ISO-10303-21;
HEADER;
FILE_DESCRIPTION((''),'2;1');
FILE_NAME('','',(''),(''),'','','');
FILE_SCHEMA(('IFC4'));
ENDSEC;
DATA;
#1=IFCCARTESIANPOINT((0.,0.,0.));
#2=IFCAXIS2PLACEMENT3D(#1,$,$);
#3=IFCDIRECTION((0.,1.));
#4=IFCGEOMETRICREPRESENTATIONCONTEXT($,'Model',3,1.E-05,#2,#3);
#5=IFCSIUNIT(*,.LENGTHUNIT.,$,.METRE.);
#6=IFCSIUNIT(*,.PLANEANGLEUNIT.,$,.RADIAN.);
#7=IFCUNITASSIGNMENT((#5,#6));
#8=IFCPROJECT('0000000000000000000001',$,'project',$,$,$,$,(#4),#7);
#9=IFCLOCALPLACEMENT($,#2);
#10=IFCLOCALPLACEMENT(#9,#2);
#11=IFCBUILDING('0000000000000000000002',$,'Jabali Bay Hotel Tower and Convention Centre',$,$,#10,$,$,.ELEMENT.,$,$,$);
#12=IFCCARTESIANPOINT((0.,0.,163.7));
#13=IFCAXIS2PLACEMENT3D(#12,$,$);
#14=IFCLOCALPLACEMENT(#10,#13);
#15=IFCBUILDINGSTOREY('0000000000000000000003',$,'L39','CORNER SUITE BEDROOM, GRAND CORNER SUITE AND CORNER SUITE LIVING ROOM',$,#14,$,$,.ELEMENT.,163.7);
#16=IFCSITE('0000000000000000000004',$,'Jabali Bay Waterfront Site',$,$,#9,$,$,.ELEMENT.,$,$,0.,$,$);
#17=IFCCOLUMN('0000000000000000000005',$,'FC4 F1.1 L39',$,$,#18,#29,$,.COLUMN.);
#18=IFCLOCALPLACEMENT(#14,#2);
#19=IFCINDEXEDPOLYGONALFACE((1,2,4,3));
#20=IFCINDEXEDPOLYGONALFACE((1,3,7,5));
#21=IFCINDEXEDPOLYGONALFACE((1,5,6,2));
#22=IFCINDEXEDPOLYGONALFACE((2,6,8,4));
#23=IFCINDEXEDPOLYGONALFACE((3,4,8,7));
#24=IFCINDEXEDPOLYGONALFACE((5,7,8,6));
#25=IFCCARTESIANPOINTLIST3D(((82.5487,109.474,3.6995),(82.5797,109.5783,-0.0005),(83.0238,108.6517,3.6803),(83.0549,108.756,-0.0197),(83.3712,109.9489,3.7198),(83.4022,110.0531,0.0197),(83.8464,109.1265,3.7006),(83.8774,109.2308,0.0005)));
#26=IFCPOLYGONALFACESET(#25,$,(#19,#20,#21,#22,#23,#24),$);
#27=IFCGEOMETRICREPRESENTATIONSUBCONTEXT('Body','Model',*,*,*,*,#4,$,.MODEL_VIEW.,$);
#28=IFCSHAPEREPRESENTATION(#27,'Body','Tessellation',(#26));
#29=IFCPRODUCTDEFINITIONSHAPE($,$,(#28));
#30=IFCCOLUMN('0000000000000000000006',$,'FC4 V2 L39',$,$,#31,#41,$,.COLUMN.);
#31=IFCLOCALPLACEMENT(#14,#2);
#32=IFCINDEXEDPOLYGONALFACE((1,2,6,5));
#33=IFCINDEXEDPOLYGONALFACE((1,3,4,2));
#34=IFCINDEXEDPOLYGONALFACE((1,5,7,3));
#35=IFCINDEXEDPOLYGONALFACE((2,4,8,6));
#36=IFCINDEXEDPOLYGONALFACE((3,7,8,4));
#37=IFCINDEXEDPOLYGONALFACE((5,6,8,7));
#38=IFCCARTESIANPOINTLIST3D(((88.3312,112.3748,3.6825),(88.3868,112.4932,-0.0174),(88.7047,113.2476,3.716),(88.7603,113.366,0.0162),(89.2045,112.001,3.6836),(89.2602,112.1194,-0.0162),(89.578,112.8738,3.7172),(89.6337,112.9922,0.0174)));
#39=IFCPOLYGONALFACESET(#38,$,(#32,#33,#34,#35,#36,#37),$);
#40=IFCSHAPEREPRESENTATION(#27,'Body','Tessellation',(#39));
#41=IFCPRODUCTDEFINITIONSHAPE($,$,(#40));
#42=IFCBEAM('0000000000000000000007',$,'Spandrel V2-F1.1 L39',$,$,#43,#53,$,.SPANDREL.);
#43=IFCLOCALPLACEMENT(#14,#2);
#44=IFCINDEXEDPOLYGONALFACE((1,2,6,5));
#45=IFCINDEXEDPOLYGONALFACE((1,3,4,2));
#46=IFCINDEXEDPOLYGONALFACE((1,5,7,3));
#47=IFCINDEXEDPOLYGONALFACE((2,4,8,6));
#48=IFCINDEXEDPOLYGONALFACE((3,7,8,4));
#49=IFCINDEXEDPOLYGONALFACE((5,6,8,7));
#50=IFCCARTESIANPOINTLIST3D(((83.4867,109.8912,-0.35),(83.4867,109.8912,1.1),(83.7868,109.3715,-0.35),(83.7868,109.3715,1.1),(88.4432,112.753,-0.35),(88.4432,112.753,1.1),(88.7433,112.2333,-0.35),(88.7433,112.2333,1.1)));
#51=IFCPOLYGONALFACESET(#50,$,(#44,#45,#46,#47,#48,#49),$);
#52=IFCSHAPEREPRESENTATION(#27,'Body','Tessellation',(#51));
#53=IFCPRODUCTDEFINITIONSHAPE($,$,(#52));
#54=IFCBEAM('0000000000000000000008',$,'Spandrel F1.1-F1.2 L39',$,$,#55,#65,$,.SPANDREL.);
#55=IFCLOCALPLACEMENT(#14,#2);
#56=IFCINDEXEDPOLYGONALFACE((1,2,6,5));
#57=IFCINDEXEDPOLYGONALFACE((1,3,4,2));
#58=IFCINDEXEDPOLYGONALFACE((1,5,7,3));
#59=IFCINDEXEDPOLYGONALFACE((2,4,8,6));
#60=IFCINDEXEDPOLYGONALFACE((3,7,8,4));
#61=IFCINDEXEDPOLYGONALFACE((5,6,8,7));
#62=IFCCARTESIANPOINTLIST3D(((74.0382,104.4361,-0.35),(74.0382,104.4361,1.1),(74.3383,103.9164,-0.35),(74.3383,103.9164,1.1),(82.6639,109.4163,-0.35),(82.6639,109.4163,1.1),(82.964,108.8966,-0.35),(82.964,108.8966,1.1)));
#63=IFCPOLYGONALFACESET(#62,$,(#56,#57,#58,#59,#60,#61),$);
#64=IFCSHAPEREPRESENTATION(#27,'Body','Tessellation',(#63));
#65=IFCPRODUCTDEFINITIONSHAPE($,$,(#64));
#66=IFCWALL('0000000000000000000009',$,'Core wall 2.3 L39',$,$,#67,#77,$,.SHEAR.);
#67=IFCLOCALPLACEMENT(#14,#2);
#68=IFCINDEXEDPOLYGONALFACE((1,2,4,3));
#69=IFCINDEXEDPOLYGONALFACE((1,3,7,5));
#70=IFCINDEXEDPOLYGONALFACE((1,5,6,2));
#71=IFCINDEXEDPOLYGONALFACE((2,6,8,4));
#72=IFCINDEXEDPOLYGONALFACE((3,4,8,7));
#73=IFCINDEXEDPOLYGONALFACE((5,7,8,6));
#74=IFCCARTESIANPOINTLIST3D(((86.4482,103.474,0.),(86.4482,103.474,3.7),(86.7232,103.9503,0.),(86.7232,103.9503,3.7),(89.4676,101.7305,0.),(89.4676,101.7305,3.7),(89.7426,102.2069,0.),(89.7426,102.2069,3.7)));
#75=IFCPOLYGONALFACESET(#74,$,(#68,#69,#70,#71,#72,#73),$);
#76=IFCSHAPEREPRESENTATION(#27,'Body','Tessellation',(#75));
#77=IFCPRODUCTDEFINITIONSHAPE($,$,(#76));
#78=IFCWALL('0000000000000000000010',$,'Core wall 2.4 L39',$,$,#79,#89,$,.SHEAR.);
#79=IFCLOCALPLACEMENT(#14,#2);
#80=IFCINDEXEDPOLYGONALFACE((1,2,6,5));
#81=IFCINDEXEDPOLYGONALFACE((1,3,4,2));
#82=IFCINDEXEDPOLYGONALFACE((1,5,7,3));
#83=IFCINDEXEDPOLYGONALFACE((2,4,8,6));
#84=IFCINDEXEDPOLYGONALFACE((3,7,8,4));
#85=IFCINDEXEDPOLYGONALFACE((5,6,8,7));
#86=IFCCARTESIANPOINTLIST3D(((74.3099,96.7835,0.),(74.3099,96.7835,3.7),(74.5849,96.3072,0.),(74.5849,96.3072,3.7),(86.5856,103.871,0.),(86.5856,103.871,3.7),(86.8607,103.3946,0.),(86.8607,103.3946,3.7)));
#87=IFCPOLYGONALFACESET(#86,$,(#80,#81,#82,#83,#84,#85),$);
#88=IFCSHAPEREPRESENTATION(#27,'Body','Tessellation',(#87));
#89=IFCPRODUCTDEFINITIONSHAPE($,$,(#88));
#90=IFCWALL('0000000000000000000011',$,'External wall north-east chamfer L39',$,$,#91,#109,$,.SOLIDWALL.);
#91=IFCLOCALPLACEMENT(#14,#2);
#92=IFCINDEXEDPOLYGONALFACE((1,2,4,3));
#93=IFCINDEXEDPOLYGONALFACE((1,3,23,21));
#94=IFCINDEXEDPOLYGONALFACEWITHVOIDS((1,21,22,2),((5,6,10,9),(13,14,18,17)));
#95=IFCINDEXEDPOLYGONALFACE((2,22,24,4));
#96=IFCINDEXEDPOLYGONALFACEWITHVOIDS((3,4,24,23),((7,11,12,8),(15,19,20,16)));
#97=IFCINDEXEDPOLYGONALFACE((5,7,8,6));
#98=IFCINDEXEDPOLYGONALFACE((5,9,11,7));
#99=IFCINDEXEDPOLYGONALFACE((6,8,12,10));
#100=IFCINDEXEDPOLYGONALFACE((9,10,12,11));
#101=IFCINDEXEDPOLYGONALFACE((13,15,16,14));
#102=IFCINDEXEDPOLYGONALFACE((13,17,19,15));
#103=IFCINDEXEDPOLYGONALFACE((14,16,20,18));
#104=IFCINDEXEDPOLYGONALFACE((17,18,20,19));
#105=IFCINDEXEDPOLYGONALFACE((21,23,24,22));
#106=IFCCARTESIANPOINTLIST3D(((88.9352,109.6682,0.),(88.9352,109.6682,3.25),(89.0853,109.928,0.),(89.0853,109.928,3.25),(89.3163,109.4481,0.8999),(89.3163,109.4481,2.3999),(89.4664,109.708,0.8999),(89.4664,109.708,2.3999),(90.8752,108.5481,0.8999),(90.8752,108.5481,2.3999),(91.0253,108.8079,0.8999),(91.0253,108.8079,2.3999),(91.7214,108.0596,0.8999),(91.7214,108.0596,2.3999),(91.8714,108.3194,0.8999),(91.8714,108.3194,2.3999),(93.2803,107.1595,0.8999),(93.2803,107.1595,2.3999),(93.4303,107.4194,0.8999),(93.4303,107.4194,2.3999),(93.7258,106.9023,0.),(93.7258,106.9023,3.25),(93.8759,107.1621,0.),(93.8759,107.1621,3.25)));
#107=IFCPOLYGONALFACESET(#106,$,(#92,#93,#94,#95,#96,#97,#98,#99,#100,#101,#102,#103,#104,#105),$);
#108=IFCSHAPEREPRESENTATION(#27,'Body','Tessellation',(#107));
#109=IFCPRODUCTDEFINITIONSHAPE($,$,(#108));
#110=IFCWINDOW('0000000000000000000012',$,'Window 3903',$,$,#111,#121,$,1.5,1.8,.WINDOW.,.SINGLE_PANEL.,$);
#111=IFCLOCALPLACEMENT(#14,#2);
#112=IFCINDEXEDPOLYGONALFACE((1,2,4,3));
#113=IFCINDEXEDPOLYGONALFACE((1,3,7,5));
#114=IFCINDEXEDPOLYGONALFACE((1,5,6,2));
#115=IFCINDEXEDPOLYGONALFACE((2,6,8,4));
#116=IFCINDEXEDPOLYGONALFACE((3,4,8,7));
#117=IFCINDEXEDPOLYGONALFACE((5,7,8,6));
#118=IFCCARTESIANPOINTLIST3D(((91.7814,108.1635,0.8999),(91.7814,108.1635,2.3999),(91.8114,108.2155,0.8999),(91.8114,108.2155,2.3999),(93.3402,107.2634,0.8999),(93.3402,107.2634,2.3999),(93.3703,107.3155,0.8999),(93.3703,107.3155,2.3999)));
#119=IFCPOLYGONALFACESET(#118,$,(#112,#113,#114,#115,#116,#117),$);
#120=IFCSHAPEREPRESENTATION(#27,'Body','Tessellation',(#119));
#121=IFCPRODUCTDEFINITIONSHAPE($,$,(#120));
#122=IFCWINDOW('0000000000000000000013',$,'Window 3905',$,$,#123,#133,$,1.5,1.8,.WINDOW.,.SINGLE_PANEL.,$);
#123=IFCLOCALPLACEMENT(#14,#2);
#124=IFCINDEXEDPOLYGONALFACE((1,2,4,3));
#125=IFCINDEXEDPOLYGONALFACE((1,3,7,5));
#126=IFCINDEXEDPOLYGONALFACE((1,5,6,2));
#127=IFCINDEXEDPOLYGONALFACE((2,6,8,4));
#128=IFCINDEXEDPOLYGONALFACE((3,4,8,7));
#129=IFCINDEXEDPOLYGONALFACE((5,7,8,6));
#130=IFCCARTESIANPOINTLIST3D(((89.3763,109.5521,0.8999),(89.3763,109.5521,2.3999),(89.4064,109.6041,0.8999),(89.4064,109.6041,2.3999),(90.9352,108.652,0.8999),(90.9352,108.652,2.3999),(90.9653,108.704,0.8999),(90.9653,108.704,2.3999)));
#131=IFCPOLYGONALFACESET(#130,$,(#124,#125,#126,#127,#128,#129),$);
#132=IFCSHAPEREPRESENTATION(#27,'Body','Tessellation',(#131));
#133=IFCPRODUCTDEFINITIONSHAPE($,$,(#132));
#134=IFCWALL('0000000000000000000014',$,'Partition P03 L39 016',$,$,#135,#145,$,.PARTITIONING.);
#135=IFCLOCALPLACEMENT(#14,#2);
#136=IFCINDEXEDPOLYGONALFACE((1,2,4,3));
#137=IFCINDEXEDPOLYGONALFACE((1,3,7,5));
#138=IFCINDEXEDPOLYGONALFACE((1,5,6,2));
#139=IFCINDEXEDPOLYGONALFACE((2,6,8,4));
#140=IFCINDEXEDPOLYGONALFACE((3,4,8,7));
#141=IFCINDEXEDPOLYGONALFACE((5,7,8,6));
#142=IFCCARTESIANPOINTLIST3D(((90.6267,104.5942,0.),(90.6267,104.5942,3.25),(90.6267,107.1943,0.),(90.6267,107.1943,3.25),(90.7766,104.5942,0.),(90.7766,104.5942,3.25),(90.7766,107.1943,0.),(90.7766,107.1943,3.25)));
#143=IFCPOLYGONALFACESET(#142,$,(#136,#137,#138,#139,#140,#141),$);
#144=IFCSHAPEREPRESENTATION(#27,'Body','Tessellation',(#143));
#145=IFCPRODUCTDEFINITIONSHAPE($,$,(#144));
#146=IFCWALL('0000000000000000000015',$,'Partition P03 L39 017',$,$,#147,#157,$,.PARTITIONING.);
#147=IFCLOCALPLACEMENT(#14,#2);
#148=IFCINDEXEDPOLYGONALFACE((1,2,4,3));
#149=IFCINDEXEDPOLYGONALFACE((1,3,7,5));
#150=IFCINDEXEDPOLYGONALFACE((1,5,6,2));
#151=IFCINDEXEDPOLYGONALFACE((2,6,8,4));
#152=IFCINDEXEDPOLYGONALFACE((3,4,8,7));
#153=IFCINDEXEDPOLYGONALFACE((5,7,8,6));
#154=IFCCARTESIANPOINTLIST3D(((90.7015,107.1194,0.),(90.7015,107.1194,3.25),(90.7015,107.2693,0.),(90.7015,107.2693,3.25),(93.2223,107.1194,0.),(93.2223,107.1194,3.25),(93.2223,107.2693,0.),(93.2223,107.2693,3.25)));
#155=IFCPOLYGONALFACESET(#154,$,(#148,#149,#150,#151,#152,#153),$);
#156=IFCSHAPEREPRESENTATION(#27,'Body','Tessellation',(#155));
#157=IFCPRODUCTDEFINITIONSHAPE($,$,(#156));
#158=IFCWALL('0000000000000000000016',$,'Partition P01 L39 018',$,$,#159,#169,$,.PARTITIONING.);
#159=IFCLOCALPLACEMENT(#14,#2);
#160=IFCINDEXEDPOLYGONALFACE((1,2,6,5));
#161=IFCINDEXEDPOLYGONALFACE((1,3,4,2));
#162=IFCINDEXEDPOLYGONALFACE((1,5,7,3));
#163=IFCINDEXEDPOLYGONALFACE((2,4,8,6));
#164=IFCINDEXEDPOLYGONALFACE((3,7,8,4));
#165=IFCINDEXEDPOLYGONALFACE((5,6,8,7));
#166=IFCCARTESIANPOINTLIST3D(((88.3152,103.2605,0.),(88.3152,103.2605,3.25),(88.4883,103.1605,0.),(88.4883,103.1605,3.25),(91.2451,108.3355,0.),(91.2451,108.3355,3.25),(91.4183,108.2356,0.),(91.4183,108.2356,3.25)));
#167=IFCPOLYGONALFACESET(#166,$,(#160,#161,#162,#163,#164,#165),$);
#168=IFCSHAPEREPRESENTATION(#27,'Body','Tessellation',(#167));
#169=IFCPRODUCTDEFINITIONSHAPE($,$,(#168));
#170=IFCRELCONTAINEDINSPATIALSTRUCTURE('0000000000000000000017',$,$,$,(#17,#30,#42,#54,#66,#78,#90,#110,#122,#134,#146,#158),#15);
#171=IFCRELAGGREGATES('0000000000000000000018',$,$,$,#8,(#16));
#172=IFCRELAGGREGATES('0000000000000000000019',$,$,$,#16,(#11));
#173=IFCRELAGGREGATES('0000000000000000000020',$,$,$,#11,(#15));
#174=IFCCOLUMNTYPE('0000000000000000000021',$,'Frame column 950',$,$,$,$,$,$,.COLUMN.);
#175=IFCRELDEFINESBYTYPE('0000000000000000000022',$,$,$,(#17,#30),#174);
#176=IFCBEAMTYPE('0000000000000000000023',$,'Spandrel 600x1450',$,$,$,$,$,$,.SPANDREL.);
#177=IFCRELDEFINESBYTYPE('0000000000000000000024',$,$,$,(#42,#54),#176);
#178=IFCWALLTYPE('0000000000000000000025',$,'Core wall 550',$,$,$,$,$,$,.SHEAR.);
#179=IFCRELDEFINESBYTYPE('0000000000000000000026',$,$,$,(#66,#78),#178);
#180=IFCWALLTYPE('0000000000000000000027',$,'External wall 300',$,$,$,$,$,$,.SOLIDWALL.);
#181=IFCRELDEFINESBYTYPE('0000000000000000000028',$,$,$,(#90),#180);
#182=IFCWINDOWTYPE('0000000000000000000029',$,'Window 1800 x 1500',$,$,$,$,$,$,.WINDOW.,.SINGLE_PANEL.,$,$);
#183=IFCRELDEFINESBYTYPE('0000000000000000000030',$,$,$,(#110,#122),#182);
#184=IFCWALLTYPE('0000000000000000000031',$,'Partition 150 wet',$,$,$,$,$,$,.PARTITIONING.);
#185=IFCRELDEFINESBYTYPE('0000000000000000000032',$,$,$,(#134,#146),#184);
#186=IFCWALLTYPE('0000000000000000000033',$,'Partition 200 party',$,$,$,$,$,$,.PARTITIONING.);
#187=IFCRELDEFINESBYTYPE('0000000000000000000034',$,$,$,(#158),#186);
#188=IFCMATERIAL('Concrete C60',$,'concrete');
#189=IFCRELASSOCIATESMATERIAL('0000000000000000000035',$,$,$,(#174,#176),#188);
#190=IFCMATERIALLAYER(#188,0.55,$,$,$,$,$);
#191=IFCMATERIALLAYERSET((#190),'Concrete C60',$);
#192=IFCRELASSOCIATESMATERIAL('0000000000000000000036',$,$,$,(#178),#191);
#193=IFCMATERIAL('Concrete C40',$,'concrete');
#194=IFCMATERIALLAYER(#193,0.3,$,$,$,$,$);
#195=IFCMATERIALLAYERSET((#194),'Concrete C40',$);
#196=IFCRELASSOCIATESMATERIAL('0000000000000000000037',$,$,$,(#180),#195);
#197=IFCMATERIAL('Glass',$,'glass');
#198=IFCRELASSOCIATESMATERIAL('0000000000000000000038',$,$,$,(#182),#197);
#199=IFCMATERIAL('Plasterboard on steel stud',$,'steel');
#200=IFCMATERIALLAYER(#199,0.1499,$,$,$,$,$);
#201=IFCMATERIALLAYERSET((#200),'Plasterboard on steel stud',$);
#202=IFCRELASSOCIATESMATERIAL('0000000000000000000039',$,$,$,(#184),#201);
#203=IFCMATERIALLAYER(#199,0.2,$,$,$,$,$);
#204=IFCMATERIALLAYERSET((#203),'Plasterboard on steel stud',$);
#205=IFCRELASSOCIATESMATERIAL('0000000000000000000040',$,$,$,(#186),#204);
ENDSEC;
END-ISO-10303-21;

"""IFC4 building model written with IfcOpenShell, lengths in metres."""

from ifc_helpers import new_model, si_unit, direction, frame, frame_2d, origin, origin_2d, place, context, subcontext, project, spatial, rectangle, extrude, material, layer, layer_set, material_profile, profile_set, type_object, element, fill, save


model = new_model("IFC4")

# Units and contexts
model_context = context("Model", 3, precision=1e-05, world=origin(), true_north=direction((0.0, 1.0)))
body_context = subcontext(model_context, "Body", "Model", "MODEL_VIEW")
ifc_project = project(units=[si_unit("LENGTHUNIT", "METRE"), si_unit("PLANEANGLEUNIT", "RADIAN")], contexts=[model_context])

# Site, building, storey
site_placement = place(None, origin())
site = spatial("IfcSite", under=ifc_project, at=site_placement, Name="Jabali Bay Waterfront Site", CompositionType="ELEMENT", RefElevation=0.0)
building_placement = place(site_placement, origin())
building = spatial("IfcBuilding", under=site, at=building_placement, Name="Jabali Bay Hotel Tower and Convention Centre", CompositionType="ELEMENT")
storey_placement = place(building_placement, frame((0.0, 0.0, 163.7)))
storey = spatial("IfcBuildingStorey", under=building, at=storey_placement, Name="L39", Description="CORNER SUITE BEDROOM, GRAND CORNER SUITE AND CORNER SUITE LIVING ROOM", CompositionType="ELEMENT", Elevation=163.7)

# Columns
ifc_material_1 = material(Name="Concrete C60", Category="concrete")
ifc_material_profile_1 = material_profile(ifc_material_1, rectangle(XDim=0.95, YDim=0.95, at=origin_2d()), Name="Frame column 950")
ifc_profile_set_1 = profile_set([ifc_material_profile_1], Name="Concrete C60")
column_type = type_object("IfcColumnType", Name="Frame column 950", PredefinedType="COLUMN", material=ifc_profile_set_1)
column_1_placement = place(storey_placement, frame((83.2285, 109.4045, 0.0), z_axis=(-0.008376, -0.028163, 0.999568), x_axis=(0.865852, 0.499845, 0.021339)))
element("IfcColumn", 1, at=column_1_placement, inside=storey, type_object=column_type, Name="FC4 F1.1 L39", PredefinedType="COLUMN", context=body_context, shape_type="SweptSolid", body=[
    extrude(rectangle(XDim=0.95, YDim=0.95, at=origin_2d()), origin(), (0.0, 0.0, 1.0), 3.7017),
])
column_2_placement = place(storey_placement, frame((89.0103, 112.7427, 0.0), z_axis=(-0.015035, -0.031983, 0.999375), x_axis=(0.919335, -0.393475, 0.001239)))
element("IfcColumn", 2, at=column_2_placement, inside=storey, type_object=column_type, Name="FC4 V2 L39", PredefinedType="COLUMN", context=body_context, shape_type="SweptSolid", body=[
    extrude(rectangle(XDim=0.95, YDim=0.95, at=origin_2d()), origin(), (0.0, 0.0, 1.0), 3.7021),
])

# Beams
ifc_material_profile_2 = material_profile(ifc_material_1, rectangle(XDim=0.6001, YDim=1.45, at=origin_2d()), Name="Spandrel 600x1450")
ifc_profile_set_2 = profile_set([ifc_material_profile_2], Name="Concrete C60")
beam_type = type_object("IfcBeamType", Name="Spandrel 600x1450", PredefinedType="SPANDREL", material=ifc_profile_set_2)
beam_1_placement = place(storey_placement, frame((88.5933, 112.4932, 0.375), z_axis=(-0.866014, -0.50002, 0.0), x_axis=(0.50002, -0.866014, 0.0)))
element("IfcBeam", 3, at=beam_1_placement, inside=storey, type_object=beam_type, Name="Spandrel V2-F1.1 L39", PredefinedType="SPANDREL", context=body_context, shape_type="SweptSolid", body=[
    extrude(rectangle(XDim=0.6001, YDim=1.45, at=origin_2d()), origin(), (0.0, 0.0, 1.0), 5.7234),
])
beam_2_placement = place(storey_placement, frame((82.814, 109.1565, 0.375), z_axis=(-0.866019, -0.500012, 0.0), x_axis=(0.500012, -0.866019, 0.0)))
element("IfcBeam", 4, at=beam_2_placement, inside=storey, type_object=beam_type, Name="Spandrel F1.1-F1.2 L39", PredefinedType="SPANDREL", context=body_context, shape_type="SweptSolid", body=[
    extrude(rectangle(XDim=0.6001, YDim=1.45, at=origin_2d()), origin(), (0.0, 0.0, 1.0), 9.9602),
])

# Walls
ifc_layer_1 = layer(ifc_material_1, 0.55)
ifc_layer_set_1 = layer_set([ifc_layer_1], Name="Concrete C60")
wall_type_1 = type_object("IfcWallType", Name="Core wall 550", PredefinedType="SHEAR", material=ifc_layer_set_1)
wall_1_placement = place(storey_placement, frame((89.605, 101.9688, 0.0), z_axis=(0.0, 0.0, 1.0), x_axis=(-0.865998, 0.500048, 0.0)))
element("IfcWall", 5, at=wall_1_placement, inside=storey, type_object=wall_type_1, Name="Core wall 2.3 L39", PredefinedType="SHEAR", context=body_context, shape_type="SweptSolid", body=[
    extrude(rectangle(XDim=3.4866, YDim=0.55, at=frame_2d((1.7432, 0.0))), origin(), (0.0, 0.0, 1.0), 3.7),
])
wall_2_placement = place(storey_placement, frame((86.7231, 103.6328, 0.0), z_axis=(0.0, 0.0, 1.0), x_axis=(-0.866024, -0.500003, 0.0)))
element("IfcWall", 6, at=wall_2_placement, inside=storey, type_object=wall_type_1, Name="Core wall 2.4 L39", PredefinedType="SHEAR", context=body_context, shape_type="SweptSolid", body=[
    extrude(rectangle(XDim=14.1748, YDim=0.55, at=frame_2d((7.0874, 0.0))), origin(), (0.0, 0.0, 1.0), 3.7),
])

# Wall, openings, windows
ifc_material_2 = material(Name="Concrete C40", Category="concrete")
ifc_layer_2 = layer(ifc_material_2, 0.3)
ifc_layer_set_2 = layer_set([ifc_layer_2], Name="Concrete C40")
wall_type_2 = type_object("IfcWallType", Name="External wall 300", PredefinedType="SOLIDWALL", material=ifc_layer_set_2)
wall_3_placement = place(storey_placement, frame((89.0103, 109.7981, 0.0), z_axis=(0.0, 0.0, 1.0), x_axis=(0.866021, -0.500008, 0.0)))
wall_3 = element("IfcWall", 7, at=wall_3_placement, inside=storey, type_object=wall_type_2, Name="External wall north-east chamfer L39", PredefinedType="SOLIDWALL", context=body_context, shape_type="SweptSolid", body=[
    extrude(rectangle(XDim=5.5317, YDim=0.3, at=frame_2d((2.7659, 0.0))), origin(), (0.0, 0.0, 1.0), 3.25),
])
opening_1_placement = place(wall_3_placement, frame((3.2173, 0.0, 0.8999)))
opening_1 = element("IfcOpeningElement", 8, at=opening_1_placement, cuts=wall_3, PredefinedType="OPENING", context=body_context, shape_type="SweptSolid", body=[
    extrude(rectangle(XDim=1.8, YDim=1.5, at=frame_2d((0.8999, 0.75))), frame((0.0, 0.1606, 0.0), z_axis=(0.0, -1.0, 0.0), x_axis=(1.0, 0.0, 0.0)), (0.0, 0.0, 1.0), 0.321),
])
opening_2_placement = place(wall_3_placement, frame((0.4402, 0.0, 0.8999)))
opening_2 = element("IfcOpeningElement", 9, at=opening_2_placement, cuts=wall_3, PredefinedType="OPENING", context=body_context, shape_type="SweptSolid", body=[
    extrude(rectangle(XDim=1.8, YDim=1.5, at=frame_2d((0.8999, 0.75))), frame((0.0, 0.1606, 0.0), z_axis=(0.0, -1.0, 0.0), x_axis=(1.0, 0.0, 0.0)), (0.0, 0.0, 1.0), 0.321),
])
ifc_material_3 = material(Name="Glass", Category="glass")
window_type = type_object("IfcWindowType", Name="Window 1800 x 1500", PartitioningType="SINGLE_PANEL", PredefinedType="WINDOW", material=ifc_material_3)
window_1_placement = place(opening_1_placement, origin())
window_1 = element("IfcWindow", 10, at=window_1_placement, inside=storey, type_object=window_type, Name="Window 3903", OverallHeight=1.5, OverallWidth=1.8, PartitioningType="SINGLE_PANEL", PredefinedType="WINDOW", context=body_context, shape_type="SweptSolid", body=[
    extrude(rectangle(XDim=1.8, YDim=1.5, at=frame_2d((0.8999, 0.75))), frame((0.0, 0.03, 0.0), z_axis=(0.0, -1.0, 0.0), x_axis=(1.0, 0.0, 0.0)), (0.0, 0.0, 1.0), 0.0601),
])
fill(opening_1, window_1)
window_2_placement = place(opening_2_placement, origin())
window_2 = element("IfcWindow", 11, at=window_2_placement, inside=storey, type_object=window_type, Name="Window 3905", OverallHeight=1.5, OverallWidth=1.8, PartitioningType="SINGLE_PANEL", PredefinedType="WINDOW", context=body_context, shape_type="SweptSolid", body=[
    extrude(rectangle(XDim=1.8, YDim=1.5, at=frame_2d((0.8999, 0.75))), frame((0.0, 0.03, 0.0), z_axis=(0.0, -1.0, 0.0), x_axis=(1.0, 0.0, 0.0)), (0.0, 0.0, 1.0), 0.0601),
])
fill(opening_2, window_2)

# Walls
ifc_material_4 = material(Name="Plasterboard on steel stud", Category="steel")
ifc_layer_3 = layer(ifc_material_4, 0.1499)
ifc_layer_set_3 = layer_set([ifc_layer_3], Name="Plasterboard on steel stud")
wall_type_3 = type_object("IfcWallType", Name="Partition 150 wet", PredefinedType="PARTITIONING", material=ifc_layer_set_3)
wall_4_placement = place(storey_placement, frame((90.7017, 104.5942, 0.0), z_axis=(0.0, 0.0, 1.0), x_axis=(0.0, 1.0, 0.0)))
element("IfcWall", 12, at=wall_4_placement, inside=storey, type_object=wall_type_3, Name="Partition P03 L39 016", PredefinedType="PARTITIONING", context=body_context, shape_type="SweptSolid", body=[
    extrude(rectangle(XDim=2.6001, YDim=0.1499, at=frame_2d((1.3, 0.0))), origin(), (0.0, 0.0, 1.0), 3.25),
])
wall_5_placement = place(storey_placement, frame((90.7017, 107.1943, 0.0), z_axis=(0.0, 0.0, 1.0), x_axis=(1.0, 0.0, 0.0)))
element("IfcWall", 13, at=wall_5_placement, inside=storey, type_object=wall_type_3, Name="Partition P03 L39 017", PredefinedType="PARTITIONING", context=body_context, shape_type="SweptSolid", body=[
    extrude(rectangle(XDim=2.5208, YDim=0.1499, at=frame_2d((1.2603, 0.0))), origin(), (0.0, 0.0, 1.0), 3.25),
])
ifc_layer_4 = layer(ifc_material_4, 0.2)
ifc_layer_set_4 = layer_set([ifc_layer_4], Name="Plasterboard on steel stud")
wall_type_4 = type_object("IfcWallType", Name="Partition 200 party", PredefinedType="PARTITIONING", material=ifc_layer_set_4)
wall_6_placement = place(storey_placement, frame((91.3318, 108.2856, 0.0), z_axis=(0.0, 0.0, 1.0), x_axis=(-0.499988, -0.866032, 0.0)))
element("IfcWall", 14, at=wall_6_placement, inside=storey, type_object=wall_type_4, Name="Partition P01 L39 018", PredefinedType="PARTITIONING", context=body_context, shape_type="SweptSolid", body=[
    extrude(rectangle(XDim=5.8601, YDim=0.2, at=frame_2d((2.9302, 0.0))), origin(), (0.0, 0.0, 1.0), 3.25),
])

save(model, "model.ifc")
